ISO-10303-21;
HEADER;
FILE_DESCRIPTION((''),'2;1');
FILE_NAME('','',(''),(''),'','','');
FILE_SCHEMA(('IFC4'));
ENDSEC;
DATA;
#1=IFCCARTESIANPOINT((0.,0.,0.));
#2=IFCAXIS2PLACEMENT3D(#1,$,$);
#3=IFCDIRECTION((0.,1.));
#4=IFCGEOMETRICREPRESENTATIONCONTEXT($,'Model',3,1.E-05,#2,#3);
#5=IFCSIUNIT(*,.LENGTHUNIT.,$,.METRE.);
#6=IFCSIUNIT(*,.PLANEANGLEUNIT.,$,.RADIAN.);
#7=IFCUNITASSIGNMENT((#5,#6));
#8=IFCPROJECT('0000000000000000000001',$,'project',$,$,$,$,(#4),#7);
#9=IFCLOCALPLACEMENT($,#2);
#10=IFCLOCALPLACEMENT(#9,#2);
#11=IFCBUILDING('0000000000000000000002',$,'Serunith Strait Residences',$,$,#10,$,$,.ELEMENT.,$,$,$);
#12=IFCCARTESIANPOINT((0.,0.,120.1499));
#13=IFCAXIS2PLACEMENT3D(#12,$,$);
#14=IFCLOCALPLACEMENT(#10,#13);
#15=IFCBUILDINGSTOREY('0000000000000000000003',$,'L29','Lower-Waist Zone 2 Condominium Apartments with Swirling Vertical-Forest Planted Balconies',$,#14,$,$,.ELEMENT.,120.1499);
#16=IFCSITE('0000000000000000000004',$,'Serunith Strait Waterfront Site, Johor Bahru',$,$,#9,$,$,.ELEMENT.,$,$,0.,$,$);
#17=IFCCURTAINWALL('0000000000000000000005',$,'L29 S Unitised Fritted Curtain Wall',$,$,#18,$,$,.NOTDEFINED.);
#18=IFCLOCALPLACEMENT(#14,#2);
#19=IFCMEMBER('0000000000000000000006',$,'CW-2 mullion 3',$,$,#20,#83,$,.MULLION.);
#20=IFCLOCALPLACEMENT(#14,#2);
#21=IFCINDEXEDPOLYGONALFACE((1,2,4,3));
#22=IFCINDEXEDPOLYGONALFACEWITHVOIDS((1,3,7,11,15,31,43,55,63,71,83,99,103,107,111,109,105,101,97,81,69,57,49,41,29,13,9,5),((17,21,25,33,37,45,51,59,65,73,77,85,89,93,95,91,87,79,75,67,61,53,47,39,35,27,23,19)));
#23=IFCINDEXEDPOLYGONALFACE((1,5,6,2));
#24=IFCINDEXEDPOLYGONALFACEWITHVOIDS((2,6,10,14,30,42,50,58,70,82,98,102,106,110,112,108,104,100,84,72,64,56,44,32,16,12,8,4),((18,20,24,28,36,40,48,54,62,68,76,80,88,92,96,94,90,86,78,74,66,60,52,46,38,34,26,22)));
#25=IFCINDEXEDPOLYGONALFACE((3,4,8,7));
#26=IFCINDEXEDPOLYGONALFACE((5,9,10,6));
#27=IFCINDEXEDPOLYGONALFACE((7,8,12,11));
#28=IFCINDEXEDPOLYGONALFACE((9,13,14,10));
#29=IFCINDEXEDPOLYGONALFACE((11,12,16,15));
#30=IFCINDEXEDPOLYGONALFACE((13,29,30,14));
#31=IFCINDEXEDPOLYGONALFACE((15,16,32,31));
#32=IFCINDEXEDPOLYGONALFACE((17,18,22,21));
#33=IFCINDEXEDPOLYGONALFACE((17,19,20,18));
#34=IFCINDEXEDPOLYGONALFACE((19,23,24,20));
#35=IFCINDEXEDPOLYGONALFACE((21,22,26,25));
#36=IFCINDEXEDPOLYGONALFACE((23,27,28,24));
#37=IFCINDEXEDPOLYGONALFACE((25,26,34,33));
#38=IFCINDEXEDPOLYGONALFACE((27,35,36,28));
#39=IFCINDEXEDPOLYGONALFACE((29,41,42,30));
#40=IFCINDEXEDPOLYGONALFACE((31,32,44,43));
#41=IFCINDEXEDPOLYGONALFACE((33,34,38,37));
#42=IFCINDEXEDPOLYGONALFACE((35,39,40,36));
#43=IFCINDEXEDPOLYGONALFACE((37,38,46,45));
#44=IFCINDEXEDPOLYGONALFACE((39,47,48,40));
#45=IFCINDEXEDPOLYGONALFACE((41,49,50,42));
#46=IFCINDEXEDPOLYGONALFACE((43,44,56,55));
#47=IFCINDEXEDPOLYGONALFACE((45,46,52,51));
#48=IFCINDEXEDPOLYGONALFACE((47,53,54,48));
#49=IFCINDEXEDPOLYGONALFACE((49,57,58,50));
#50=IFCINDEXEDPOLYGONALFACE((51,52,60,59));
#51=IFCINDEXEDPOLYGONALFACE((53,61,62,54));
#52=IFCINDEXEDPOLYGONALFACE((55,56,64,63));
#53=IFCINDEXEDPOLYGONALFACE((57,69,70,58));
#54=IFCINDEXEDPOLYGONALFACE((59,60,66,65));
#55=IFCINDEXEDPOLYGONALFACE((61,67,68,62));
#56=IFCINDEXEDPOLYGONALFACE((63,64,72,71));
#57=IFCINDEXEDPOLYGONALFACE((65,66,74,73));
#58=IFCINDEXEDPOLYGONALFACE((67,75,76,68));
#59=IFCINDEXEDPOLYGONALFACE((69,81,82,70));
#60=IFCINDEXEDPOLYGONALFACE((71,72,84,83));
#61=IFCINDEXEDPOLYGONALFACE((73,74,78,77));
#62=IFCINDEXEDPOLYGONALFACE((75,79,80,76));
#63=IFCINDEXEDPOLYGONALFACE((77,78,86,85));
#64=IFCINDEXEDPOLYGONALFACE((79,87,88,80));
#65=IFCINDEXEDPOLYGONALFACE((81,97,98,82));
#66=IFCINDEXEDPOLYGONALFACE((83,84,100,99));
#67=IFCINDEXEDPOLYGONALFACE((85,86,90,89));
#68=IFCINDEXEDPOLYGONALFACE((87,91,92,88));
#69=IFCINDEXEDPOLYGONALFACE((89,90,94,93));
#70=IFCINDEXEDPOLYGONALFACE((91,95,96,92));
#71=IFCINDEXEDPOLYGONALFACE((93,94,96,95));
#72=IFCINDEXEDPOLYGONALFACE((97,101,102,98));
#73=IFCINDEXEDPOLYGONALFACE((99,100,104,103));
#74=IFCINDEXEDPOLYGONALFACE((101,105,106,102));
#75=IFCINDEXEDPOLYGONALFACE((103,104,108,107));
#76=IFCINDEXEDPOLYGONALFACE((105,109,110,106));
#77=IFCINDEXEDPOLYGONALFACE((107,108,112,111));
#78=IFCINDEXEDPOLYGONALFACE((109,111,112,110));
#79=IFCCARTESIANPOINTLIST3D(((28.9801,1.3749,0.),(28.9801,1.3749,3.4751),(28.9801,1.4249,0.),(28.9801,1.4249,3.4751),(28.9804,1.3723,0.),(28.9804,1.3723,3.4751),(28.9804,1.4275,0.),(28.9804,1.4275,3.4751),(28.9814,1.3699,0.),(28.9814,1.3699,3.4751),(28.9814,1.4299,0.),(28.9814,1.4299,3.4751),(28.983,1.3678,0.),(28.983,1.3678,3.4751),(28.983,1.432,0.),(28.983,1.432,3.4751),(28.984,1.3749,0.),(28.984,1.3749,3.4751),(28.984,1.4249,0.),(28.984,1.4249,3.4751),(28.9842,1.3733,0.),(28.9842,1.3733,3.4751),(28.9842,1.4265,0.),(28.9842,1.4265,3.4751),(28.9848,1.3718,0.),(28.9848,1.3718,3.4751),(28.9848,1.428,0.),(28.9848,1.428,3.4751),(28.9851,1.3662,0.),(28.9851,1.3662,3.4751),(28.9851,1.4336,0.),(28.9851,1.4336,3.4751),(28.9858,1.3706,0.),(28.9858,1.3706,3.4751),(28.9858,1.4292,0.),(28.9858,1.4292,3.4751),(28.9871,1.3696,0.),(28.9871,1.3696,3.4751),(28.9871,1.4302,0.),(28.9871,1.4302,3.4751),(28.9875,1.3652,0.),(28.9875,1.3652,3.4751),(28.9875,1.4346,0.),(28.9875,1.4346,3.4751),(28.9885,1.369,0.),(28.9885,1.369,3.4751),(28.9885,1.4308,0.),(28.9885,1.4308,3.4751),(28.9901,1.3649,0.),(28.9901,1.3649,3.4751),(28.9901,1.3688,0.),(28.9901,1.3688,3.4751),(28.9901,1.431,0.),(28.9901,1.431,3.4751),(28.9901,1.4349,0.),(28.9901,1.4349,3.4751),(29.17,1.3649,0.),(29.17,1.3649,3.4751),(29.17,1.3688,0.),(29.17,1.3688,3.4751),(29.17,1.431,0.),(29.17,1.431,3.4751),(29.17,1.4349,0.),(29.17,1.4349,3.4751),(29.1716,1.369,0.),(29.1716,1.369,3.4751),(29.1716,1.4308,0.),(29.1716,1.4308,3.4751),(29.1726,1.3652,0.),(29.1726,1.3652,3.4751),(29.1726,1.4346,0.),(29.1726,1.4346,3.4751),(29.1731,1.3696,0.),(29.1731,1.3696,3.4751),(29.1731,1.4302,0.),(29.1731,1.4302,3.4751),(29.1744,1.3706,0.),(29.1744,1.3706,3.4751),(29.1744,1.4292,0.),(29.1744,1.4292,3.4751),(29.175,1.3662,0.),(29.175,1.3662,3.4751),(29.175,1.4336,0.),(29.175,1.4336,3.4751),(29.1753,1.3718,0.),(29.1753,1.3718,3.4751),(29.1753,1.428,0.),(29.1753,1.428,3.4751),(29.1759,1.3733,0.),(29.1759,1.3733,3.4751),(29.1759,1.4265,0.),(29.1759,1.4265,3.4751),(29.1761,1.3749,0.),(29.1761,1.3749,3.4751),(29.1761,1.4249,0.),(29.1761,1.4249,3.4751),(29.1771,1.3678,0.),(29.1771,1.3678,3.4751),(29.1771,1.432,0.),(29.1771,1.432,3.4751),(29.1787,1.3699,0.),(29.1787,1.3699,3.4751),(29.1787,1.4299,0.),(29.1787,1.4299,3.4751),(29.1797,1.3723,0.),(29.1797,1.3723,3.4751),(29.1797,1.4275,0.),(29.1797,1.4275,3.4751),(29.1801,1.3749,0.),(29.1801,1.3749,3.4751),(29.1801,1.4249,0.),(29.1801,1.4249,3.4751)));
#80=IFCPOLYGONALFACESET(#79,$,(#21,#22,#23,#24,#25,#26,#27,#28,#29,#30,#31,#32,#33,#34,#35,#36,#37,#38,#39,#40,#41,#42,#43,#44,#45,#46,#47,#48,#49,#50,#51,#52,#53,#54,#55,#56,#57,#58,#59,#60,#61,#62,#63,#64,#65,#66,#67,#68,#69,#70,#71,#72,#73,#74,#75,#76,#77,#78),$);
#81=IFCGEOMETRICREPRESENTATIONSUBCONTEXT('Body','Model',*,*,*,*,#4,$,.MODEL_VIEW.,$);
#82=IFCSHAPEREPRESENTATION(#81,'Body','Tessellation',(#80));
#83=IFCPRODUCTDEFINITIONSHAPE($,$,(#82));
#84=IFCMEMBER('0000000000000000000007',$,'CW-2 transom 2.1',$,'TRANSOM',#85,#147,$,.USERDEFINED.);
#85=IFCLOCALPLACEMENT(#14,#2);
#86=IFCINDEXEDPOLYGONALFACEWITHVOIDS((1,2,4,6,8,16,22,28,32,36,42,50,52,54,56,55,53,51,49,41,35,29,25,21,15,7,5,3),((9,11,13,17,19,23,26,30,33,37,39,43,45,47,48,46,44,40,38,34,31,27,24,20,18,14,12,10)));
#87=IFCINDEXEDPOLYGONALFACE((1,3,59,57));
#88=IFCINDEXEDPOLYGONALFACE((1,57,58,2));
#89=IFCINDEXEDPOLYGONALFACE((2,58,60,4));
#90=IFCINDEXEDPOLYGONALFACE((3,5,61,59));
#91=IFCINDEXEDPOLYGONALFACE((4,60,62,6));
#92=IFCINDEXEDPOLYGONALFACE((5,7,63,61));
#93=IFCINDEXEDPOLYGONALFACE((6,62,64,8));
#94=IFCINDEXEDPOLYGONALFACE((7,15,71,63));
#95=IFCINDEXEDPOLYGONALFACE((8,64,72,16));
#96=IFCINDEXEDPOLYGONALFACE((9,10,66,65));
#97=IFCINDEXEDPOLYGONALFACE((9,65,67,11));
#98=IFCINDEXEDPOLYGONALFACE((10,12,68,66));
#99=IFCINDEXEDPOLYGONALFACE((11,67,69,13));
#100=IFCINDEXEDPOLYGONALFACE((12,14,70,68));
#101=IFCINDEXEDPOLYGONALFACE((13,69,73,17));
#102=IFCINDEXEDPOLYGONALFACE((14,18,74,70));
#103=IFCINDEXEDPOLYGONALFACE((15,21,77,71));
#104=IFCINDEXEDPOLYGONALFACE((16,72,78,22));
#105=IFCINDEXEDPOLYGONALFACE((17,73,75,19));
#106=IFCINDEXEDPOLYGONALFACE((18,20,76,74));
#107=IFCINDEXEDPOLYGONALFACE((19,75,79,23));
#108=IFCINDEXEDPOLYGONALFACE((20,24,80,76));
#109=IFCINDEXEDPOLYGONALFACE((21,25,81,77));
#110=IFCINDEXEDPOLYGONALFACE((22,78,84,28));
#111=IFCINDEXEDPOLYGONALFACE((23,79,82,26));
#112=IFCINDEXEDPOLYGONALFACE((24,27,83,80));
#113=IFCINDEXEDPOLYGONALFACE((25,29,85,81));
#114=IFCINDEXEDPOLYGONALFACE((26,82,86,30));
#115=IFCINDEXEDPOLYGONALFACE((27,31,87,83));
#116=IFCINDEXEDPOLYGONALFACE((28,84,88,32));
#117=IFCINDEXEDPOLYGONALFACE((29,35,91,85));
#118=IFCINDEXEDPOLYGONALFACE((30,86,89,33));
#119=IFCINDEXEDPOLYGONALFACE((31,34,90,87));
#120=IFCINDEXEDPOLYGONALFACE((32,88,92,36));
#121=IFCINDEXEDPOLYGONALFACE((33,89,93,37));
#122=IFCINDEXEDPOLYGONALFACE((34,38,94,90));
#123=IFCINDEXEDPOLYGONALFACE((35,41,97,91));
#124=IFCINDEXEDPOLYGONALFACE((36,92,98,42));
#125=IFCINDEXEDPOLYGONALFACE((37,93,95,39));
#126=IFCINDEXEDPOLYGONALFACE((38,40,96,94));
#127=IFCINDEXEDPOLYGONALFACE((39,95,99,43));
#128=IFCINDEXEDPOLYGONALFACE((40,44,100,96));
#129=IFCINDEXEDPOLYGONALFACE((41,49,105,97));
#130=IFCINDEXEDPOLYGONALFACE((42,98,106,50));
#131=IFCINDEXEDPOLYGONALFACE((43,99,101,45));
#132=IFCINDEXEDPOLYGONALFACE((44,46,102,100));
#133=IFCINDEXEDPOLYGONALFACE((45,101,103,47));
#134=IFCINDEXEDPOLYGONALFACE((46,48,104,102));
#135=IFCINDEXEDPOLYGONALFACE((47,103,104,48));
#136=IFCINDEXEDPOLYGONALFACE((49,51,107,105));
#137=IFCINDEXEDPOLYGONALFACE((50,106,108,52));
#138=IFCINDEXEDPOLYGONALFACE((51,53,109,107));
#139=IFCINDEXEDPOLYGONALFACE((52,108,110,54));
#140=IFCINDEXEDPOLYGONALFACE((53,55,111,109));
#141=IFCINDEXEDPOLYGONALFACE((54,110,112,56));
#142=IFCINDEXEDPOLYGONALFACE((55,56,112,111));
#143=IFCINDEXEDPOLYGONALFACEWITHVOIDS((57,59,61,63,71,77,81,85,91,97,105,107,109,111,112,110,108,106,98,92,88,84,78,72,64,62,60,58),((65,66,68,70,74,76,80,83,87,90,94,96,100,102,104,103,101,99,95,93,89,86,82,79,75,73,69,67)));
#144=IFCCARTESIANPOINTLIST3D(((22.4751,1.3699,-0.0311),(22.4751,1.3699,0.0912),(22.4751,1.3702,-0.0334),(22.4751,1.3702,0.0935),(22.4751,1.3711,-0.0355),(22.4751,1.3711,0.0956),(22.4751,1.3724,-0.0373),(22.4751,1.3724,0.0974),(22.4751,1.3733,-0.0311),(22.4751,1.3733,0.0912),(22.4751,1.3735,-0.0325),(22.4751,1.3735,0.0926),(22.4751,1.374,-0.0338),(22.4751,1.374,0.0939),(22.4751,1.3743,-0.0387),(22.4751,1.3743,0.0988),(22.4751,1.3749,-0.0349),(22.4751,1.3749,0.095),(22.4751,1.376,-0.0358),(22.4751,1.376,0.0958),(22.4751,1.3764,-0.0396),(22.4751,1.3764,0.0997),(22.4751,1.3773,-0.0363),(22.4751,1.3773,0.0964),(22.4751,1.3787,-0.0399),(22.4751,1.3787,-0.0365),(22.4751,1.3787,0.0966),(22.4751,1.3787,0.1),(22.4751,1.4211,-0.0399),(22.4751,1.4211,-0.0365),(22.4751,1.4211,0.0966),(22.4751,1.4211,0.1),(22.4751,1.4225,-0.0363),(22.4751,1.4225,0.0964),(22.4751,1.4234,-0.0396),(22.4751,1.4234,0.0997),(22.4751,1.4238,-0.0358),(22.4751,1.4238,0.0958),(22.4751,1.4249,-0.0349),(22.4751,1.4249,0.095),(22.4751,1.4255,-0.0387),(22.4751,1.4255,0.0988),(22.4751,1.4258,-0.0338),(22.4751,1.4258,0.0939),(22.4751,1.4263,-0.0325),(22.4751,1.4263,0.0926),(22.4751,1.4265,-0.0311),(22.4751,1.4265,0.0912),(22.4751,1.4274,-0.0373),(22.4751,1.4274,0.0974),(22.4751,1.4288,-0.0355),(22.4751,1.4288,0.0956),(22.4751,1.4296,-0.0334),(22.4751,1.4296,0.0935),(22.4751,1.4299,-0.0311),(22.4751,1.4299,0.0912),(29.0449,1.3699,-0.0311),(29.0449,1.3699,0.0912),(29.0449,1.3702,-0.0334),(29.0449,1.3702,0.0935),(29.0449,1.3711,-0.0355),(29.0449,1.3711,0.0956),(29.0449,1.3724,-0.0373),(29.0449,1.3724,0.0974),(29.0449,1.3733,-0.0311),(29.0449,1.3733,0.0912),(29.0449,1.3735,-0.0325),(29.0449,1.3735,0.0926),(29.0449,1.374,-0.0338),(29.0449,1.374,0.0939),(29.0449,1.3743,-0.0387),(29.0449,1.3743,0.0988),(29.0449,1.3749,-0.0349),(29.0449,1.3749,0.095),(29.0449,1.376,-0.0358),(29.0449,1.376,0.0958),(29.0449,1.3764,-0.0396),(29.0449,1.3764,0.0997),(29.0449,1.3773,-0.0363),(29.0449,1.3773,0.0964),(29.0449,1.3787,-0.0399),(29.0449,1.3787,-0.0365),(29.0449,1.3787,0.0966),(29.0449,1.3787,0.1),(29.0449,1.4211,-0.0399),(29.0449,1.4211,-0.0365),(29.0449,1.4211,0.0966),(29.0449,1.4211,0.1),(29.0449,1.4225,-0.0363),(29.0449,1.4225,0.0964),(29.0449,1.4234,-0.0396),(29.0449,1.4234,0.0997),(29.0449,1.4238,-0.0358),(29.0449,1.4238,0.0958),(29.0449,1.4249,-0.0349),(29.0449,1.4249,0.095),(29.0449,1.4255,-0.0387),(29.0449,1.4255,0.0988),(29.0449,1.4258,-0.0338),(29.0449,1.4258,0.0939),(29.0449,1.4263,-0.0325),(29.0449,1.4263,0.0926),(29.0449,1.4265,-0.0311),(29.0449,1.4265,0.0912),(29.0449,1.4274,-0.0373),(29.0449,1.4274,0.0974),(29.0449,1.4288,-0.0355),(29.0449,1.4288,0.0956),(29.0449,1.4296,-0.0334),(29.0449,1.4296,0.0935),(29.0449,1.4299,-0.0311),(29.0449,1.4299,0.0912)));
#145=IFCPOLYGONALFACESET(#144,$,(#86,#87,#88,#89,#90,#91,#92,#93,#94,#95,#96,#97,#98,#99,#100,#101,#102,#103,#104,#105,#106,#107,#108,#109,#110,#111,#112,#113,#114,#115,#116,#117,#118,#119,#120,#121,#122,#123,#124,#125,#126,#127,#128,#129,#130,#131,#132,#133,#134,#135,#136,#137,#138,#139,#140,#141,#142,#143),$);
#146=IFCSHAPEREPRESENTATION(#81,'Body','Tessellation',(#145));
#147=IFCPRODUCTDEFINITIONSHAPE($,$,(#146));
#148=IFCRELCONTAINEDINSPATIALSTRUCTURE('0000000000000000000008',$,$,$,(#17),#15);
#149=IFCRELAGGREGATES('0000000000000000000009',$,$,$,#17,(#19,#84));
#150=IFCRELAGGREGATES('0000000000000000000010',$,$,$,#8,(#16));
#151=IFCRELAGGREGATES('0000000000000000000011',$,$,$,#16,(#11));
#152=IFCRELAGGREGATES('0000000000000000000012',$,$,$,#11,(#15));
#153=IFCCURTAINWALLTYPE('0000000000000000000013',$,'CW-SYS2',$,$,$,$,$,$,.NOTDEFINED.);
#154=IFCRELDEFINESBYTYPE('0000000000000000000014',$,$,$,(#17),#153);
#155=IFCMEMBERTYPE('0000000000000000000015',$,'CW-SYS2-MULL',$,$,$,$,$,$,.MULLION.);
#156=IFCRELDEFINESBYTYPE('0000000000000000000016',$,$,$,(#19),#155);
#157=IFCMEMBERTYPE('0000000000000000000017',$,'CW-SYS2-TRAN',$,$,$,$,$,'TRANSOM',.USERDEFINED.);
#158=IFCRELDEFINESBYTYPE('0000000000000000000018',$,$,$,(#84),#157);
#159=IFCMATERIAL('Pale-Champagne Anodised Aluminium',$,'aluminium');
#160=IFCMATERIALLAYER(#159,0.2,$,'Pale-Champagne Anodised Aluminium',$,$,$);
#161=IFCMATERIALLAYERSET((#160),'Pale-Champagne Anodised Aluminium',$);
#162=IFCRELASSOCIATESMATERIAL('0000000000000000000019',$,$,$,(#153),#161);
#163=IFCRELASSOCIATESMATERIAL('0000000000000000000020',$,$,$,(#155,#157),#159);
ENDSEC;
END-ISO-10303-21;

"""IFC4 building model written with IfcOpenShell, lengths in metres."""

from ifc_helpers import new_model, si_unit, direction, frame, origin, origin_2d, place, context, subcontext, project, spatial, hollow_rectangle, extrude, source, transform, mapped, material, layer, layer_set, material_profile, profile_set, type_object, element, aggregate, save


model = new_model("IFC4")

# Units and contexts
model_context = context("Model", 3, precision=1e-05, world=origin(), true_north=direction((0.0, 1.0)))
body_context = subcontext(model_context, "Body", "Model", "MODEL_VIEW")
ifc_project = project(units=[si_unit("LENGTHUNIT", "METRE"), si_unit("PLANEANGLEUNIT", "RADIAN")], contexts=[model_context])

# Site, building, storey
site_placement = place(None, origin())
site = spatial("IfcSite", under=ifc_project, at=site_placement, Name="Serunith Strait Waterfront Site, Johor Bahru", CompositionType="ELEMENT", RefElevation=0.0)
building_placement = place(site_placement, origin())
building = spatial("IfcBuilding", under=site, at=building_placement, Name="Serunith Strait Residences", CompositionType="ELEMENT")
storey_placement = place(building_placement, frame((0.0, 0.0, 120.1499)))
storey = spatial("IfcBuildingStorey", under=building, at=storey_placement, Name="L29", Description="Lower-Waist Zone 2 Condominium Apartments with Swirling Vertical-Forest Planted Balconies", CompositionType="ELEMENT", Elevation=120.1499)

# Curtain wall, members
ifc_material_1 = material(Name="Pale-Champagne Anodised Aluminium", Category="aluminium")
ifc_layer_1 = layer(ifc_material_1, 0.2, Name="Pale-Champagne Anodised Aluminium")
ifc_layer_set_1 = layer_set([ifc_layer_1], Name="Pale-Champagne Anodised Aluminium")
curtain_wall_type = type_object("IfcCurtainWallType", Name="CW-SYS2", PredefinedType="NOTDEFINED", material=ifc_layer_set_1)
curtain_wall_placement = place(storey_placement, origin())
curtain_wall = element("IfcCurtainWall", 1, at=curtain_wall_placement, inside=storey, type_object=curtain_wall_type, Name="L29 S Unitised Fritted Curtain Wall", PredefinedType="NOTDEFINED")
ifc_material_profile_1 = material_profile(ifc_material_1, hollow_rectangle(XDim=0.0701, YDim=0.2, WallThickness=0.0039, InnerFilletRadius=0.0061, OuterFilletRadius=0.01, at=origin_2d()), Name="ALU 200x70x4")
ifc_profile_set_1 = profile_set([ifc_material_profile_1], Name="Pale-Champagne Anodised Aluminium")
member_type_1 = type_object("IfcMemberType", Name="CW-SYS2-MULL", PredefinedType="MULLION", material=ifc_profile_set_1)
shared_shape_1 = source(origin(), body_context, "Body", "SweptSolid", [
    extrude(hollow_rectangle(XDim=0.0701, YDim=0.2, WallThickness=0.0039, InnerFilletRadius=0.0061, OuterFilletRadius=0.01, at=origin_2d()), origin(), (0.0, 0.0, 1.0), 3.4751),
])
member_1_placement = place(storey_placement, frame((29.0801, 1.3999, 0.0), z_axis=(0.0, 0.0, 1.0), x_axis=(0.0, 1.0, 0.0)))
member_1 = element("IfcMember", 2, at=member_1_placement, type_object=member_type_1, Name="CW-2 mullion 3", PredefinedType="MULLION", context=body_context, shape_type="MappedRepresentation", body=[
    mapped(shared_shape_1, transform((0.0, 0.0, 0.0), scale=1.0)),
])
ifc_material_profile_2 = material_profile(ifc_material_1, hollow_rectangle(XDim=0.0601, YDim=0.1399, WallThickness=0.0034, InnerFilletRadius=0.0054, OuterFilletRadius=0.0088, at=origin_2d()), Name="ALU 140x60x3.5")
ifc_profile_set_2 = profile_set([ifc_material_profile_2], Name="Pale-Champagne Anodised Aluminium")
member_type_2 = type_object("IfcMemberType", Name="CW-SYS2-TRAN", ElementType="TRANSOM", PredefinedType="USERDEFINED", material=ifc_profile_set_2)
shared_shape_2 = source(origin(), body_context, "Body", "SweptSolid", [
    extrude(hollow_rectangle(XDim=0.0601, YDim=0.1399, WallThickness=0.0034, InnerFilletRadius=0.0054, OuterFilletRadius=0.0088, at=origin_2d()), origin(), (0.0, 0.0, 1.0), 6.5698),
])
member_2_placement = place(storey_placement, frame((22.4751, 1.3999, 0.03), z_axis=(1.0, 0.0, 0.0), x_axis=(0.0, 1.0, 0.0)))
member_2 = element("IfcMember", 3, at=member_2_placement, type_object=member_type_2, Name="CW-2 transom 2.1", ObjectType="TRANSOM", PredefinedType="USERDEFINED", context=body_context, shape_type="MappedRepresentation", body=[
    mapped(shared_shape_2, transform((0.0, 0.0, 0.0), scale=1.0)),
])
aggregate(curtain_wall, [member_1, member_2])

save(model, "model.ifc")
